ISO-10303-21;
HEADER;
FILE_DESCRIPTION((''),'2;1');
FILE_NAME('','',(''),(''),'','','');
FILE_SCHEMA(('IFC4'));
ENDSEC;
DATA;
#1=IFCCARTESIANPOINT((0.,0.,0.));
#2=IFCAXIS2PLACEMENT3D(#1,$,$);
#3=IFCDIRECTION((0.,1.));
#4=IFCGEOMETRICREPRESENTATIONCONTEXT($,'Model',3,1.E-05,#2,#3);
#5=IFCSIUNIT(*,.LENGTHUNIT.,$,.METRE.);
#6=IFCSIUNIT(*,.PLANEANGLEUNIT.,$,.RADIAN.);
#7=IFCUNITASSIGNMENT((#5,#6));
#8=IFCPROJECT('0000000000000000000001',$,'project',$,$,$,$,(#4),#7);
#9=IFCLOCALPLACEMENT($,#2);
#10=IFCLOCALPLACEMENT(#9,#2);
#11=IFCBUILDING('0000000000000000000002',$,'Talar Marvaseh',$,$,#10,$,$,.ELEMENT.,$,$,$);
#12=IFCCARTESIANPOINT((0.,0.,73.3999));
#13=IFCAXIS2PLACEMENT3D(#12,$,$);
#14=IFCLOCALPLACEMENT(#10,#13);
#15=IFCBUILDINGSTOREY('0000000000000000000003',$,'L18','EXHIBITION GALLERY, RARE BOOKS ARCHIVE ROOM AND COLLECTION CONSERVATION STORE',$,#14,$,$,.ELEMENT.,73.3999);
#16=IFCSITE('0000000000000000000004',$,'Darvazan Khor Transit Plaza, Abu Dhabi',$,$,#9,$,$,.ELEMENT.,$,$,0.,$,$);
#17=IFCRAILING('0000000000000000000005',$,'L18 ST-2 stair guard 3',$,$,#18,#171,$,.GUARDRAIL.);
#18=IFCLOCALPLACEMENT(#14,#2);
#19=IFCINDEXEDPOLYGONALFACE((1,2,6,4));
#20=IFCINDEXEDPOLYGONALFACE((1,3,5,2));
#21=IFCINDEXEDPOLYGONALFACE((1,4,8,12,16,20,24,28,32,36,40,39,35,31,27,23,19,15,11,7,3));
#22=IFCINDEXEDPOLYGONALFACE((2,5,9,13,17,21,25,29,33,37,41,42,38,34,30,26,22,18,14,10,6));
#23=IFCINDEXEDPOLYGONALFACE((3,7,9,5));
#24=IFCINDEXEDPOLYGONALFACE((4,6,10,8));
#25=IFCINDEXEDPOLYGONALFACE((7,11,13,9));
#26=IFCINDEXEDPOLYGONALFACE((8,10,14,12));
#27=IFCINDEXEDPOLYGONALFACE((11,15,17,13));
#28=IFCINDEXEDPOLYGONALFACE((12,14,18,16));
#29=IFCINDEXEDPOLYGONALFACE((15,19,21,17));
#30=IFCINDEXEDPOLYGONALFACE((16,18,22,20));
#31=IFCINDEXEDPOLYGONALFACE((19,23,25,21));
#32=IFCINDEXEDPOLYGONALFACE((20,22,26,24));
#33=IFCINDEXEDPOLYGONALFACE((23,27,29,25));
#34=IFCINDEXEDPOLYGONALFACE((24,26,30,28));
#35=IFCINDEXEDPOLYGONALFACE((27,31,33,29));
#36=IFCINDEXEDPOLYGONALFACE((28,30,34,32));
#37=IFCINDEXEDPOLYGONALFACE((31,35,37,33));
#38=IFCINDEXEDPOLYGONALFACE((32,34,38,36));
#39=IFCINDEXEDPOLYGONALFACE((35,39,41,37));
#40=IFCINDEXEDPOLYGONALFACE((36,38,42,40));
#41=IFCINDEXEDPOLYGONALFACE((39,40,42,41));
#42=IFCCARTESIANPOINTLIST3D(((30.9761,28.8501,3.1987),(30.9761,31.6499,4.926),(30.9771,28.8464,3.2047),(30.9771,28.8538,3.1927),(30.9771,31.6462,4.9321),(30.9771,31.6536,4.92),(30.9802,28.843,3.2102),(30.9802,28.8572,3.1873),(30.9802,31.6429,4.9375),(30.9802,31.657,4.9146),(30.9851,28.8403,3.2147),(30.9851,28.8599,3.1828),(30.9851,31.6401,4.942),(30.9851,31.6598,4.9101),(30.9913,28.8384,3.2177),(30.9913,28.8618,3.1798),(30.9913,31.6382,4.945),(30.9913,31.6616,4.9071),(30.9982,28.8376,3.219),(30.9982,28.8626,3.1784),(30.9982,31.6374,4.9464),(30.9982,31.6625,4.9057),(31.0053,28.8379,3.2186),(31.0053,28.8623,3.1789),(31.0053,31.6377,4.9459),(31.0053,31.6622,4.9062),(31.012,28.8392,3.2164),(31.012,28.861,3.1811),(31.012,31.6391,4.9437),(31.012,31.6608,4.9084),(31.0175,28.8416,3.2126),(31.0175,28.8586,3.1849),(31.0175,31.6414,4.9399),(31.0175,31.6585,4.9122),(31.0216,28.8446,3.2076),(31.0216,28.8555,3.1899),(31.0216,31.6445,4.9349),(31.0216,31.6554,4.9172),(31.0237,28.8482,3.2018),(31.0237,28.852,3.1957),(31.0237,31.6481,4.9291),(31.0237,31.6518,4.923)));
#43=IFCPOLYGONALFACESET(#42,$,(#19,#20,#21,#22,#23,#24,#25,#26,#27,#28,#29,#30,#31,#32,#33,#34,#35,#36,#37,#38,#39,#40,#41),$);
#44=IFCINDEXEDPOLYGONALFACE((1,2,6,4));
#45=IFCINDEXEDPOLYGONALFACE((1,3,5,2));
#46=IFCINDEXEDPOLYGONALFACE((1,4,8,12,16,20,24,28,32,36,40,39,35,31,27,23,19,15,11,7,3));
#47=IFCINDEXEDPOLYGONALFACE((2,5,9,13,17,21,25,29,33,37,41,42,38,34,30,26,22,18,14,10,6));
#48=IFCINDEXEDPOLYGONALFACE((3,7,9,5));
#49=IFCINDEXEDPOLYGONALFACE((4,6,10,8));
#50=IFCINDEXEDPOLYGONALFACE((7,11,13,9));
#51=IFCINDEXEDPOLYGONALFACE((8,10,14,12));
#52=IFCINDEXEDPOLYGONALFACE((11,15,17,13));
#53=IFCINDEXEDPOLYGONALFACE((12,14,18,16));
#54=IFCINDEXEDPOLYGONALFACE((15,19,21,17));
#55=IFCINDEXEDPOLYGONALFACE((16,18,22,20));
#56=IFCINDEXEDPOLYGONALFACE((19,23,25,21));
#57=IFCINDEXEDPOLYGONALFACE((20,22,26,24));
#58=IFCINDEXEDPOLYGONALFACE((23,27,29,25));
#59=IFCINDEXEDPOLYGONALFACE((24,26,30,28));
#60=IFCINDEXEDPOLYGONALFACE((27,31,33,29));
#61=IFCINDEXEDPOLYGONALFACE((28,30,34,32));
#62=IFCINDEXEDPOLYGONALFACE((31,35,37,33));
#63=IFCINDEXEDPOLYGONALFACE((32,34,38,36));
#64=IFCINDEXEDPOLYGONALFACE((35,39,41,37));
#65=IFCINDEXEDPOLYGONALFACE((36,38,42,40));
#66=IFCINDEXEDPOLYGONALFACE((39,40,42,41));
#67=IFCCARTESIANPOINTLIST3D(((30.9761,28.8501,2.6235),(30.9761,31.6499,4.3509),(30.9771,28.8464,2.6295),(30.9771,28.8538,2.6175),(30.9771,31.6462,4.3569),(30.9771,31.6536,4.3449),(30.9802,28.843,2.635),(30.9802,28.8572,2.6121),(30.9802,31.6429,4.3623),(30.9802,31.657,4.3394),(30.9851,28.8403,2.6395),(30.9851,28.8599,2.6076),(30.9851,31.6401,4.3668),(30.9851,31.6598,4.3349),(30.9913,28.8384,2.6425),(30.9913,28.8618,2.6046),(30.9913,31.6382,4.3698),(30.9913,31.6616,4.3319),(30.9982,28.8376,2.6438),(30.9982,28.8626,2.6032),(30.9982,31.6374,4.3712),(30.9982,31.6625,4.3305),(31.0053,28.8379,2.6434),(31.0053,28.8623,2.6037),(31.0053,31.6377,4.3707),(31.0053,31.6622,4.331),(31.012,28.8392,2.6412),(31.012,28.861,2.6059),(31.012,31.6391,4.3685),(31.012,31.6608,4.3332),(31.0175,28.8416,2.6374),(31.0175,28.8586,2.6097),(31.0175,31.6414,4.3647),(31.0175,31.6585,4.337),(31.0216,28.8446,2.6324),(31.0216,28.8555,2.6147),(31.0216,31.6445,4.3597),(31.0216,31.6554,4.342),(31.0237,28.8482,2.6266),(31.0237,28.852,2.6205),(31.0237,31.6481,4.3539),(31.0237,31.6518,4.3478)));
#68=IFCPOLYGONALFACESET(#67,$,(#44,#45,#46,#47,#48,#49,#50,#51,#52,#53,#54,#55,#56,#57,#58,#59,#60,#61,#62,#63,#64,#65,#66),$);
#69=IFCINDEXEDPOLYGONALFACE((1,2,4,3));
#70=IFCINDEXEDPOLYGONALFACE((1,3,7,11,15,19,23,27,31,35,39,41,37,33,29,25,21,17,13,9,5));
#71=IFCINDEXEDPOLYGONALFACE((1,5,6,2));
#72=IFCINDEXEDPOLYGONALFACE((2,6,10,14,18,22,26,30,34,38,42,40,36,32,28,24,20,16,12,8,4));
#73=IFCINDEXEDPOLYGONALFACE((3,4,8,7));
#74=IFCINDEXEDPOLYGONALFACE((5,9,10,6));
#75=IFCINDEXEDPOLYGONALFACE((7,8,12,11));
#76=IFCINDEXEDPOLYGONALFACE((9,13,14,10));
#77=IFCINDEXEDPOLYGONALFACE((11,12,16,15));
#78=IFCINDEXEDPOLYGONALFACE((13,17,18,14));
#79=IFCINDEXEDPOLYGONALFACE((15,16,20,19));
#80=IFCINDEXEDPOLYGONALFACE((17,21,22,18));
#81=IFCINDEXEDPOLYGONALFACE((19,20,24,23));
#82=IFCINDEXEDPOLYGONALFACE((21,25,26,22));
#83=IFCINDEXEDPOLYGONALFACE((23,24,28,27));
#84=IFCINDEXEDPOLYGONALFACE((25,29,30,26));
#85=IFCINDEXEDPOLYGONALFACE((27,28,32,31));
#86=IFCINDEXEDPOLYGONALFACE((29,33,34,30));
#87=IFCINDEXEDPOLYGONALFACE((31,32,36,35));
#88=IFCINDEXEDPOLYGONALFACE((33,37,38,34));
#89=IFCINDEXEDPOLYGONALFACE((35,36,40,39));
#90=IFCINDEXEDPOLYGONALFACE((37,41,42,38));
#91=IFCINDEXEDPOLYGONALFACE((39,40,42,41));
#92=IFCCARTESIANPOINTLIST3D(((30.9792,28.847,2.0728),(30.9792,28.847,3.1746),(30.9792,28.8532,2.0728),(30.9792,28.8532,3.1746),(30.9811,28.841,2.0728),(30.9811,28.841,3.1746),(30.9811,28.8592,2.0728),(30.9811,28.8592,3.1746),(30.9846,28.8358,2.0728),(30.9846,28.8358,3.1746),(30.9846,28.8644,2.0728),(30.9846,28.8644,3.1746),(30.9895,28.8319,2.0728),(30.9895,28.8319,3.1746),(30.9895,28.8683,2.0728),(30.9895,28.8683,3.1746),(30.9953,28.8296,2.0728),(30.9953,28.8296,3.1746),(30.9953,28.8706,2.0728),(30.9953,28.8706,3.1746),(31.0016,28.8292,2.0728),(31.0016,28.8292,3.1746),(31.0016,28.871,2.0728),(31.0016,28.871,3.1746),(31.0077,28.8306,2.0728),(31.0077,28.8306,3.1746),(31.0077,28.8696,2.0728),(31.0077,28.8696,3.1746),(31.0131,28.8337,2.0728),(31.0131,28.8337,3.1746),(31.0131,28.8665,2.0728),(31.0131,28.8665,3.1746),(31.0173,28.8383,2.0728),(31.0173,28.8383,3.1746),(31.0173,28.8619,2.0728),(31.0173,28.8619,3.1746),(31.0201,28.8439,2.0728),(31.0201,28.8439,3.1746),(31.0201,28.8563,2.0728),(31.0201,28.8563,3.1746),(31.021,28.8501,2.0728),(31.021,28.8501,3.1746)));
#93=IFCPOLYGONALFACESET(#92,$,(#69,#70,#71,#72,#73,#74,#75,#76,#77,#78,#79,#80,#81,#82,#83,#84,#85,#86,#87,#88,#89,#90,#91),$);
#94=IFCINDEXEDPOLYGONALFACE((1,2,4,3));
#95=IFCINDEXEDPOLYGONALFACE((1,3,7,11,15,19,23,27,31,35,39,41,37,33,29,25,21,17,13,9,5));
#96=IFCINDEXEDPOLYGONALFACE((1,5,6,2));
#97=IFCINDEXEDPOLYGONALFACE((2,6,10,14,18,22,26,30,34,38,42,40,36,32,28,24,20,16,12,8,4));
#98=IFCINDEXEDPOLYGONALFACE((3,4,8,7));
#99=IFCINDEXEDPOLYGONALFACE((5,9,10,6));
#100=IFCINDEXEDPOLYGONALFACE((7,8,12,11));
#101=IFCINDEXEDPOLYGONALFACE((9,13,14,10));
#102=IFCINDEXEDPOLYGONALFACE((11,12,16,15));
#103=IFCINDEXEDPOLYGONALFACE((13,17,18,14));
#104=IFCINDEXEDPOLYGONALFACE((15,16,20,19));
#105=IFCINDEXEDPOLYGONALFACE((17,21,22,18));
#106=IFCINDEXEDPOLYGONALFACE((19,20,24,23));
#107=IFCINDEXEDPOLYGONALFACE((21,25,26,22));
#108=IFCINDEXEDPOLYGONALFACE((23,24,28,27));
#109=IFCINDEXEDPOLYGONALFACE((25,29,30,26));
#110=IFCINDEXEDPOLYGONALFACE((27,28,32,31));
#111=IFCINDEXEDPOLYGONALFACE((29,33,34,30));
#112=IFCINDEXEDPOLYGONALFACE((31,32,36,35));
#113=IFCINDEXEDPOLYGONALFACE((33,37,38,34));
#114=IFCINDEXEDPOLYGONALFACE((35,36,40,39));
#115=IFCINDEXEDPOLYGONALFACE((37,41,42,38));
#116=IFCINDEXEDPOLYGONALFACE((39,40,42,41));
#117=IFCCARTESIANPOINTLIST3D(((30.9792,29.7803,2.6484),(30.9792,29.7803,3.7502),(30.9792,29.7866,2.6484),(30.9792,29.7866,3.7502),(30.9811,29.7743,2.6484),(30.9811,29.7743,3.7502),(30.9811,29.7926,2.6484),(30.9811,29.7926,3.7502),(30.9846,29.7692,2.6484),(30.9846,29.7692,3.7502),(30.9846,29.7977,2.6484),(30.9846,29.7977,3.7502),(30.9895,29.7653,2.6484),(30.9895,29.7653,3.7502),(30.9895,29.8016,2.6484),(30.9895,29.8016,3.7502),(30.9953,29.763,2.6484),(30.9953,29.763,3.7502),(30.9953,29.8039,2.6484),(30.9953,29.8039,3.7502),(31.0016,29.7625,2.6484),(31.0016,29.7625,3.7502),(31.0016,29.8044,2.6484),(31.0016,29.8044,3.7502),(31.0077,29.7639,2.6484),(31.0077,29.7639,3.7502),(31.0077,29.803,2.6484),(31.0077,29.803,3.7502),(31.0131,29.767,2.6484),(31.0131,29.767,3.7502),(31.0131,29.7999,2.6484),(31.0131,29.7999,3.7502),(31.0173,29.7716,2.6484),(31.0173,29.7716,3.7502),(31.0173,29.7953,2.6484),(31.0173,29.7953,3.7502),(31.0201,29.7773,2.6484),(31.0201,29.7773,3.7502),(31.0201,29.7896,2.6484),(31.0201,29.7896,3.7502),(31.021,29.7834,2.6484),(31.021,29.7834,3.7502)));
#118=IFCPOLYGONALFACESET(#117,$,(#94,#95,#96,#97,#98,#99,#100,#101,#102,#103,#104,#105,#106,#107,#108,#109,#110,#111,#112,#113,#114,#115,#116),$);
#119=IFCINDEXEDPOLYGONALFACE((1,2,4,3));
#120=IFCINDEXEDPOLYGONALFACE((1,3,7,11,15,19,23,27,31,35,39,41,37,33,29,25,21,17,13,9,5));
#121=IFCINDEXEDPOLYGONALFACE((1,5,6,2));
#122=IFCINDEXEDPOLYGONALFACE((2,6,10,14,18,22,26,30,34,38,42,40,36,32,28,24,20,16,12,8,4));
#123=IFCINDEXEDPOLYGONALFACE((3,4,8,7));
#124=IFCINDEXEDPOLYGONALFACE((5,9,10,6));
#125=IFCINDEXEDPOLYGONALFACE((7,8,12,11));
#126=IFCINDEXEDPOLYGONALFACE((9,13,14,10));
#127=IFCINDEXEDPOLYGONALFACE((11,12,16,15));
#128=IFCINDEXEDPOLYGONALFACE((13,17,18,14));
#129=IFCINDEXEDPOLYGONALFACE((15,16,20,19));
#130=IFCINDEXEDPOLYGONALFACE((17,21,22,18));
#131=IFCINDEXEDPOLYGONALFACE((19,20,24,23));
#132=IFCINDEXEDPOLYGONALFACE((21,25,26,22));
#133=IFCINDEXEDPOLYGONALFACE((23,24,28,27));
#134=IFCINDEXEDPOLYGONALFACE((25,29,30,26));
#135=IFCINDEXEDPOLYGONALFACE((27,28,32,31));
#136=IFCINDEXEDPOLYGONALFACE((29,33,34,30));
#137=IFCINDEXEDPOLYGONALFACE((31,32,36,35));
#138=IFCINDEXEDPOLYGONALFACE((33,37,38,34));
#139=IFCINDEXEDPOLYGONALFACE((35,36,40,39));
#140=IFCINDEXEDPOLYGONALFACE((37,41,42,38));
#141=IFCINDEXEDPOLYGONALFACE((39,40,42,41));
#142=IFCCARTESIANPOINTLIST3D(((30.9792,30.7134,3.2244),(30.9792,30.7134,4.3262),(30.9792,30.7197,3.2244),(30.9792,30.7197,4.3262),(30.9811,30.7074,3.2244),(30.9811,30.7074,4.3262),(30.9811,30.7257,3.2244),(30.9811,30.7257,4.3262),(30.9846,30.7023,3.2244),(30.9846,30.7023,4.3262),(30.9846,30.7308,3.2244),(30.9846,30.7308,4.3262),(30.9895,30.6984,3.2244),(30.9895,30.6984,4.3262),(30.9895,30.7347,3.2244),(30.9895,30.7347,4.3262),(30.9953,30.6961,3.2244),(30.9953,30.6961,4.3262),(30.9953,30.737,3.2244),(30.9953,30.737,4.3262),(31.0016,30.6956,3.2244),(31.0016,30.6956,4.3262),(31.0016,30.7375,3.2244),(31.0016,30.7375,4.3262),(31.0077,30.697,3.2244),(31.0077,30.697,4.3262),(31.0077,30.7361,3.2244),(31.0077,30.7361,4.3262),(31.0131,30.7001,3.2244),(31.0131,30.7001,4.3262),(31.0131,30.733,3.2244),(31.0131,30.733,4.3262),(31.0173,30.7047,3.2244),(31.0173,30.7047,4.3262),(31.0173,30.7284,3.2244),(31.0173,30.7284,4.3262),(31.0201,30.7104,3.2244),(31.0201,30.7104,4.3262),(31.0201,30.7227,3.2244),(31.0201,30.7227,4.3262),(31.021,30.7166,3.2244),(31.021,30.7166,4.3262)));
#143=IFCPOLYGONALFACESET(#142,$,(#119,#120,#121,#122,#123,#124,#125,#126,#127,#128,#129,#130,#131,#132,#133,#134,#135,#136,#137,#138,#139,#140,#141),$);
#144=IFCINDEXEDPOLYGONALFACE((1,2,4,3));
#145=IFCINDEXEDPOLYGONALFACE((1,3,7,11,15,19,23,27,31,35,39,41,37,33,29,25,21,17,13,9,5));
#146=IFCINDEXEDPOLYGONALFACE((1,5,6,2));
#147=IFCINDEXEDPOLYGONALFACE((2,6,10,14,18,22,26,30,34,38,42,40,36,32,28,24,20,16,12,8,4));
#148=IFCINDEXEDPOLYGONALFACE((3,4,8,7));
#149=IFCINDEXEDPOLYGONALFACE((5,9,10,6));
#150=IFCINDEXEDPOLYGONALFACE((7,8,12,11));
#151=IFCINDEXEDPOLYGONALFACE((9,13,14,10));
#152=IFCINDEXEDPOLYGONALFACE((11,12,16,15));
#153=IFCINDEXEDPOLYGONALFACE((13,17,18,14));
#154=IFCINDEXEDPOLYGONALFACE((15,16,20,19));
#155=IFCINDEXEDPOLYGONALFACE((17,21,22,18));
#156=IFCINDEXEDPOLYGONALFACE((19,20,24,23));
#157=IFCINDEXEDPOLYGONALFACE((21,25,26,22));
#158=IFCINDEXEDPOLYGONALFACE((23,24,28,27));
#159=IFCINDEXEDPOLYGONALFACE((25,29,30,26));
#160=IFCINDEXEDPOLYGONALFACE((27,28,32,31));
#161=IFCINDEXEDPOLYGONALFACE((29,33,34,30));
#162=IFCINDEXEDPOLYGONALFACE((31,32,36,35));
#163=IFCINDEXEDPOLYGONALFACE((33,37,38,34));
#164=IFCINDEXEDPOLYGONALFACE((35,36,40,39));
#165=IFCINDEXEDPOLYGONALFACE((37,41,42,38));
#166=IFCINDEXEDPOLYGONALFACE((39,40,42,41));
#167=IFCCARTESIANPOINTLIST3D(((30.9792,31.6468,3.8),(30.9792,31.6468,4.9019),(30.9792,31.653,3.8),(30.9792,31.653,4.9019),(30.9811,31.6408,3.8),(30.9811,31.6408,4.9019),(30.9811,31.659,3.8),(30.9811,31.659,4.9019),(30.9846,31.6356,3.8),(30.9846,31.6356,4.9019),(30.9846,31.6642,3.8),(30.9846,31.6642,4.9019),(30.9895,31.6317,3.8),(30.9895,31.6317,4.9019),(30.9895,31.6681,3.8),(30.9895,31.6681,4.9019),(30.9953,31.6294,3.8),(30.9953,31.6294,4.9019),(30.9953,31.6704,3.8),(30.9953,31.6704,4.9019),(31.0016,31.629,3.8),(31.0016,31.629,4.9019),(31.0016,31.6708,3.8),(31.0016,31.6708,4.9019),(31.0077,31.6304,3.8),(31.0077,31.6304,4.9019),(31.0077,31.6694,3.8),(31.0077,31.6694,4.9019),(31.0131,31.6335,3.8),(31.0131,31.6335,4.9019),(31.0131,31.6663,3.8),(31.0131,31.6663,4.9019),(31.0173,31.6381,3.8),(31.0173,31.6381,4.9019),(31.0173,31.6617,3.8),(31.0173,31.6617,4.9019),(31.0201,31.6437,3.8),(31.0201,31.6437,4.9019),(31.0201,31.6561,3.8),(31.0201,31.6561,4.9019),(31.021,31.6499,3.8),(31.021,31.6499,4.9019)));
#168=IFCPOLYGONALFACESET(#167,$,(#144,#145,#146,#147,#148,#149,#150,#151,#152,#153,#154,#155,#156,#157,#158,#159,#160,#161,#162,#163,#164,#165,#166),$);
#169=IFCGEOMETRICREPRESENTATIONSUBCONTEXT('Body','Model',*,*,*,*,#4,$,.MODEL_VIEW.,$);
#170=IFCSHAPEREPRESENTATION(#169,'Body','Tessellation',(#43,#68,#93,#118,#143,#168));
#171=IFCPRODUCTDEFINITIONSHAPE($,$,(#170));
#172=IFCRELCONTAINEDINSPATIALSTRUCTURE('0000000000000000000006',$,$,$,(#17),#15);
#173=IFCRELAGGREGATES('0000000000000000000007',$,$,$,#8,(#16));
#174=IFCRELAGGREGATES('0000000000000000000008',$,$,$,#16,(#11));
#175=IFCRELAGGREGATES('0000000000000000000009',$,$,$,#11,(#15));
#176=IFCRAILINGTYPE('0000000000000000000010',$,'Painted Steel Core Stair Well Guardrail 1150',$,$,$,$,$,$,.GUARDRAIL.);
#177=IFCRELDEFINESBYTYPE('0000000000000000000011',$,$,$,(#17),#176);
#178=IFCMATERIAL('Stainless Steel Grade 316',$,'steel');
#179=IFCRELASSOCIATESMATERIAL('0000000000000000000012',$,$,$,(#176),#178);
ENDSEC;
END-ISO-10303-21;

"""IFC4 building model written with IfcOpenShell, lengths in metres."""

from ifc_helpers import new_model, si_unit, direction, frame, origin, origin_2d, place, context, subcontext, project, spatial, circle, extrude, material, type_object, element, save


model = new_model("IFC4")

# Units and contexts
model_context = context("Model", 3, precision=1e-05, world=origin(), true_north=direction((0.0, 1.0)))
body_context = subcontext(model_context, "Body", "Model", "MODEL_VIEW")
ifc_project = project(units=[si_unit("LENGTHUNIT", "METRE"), si_unit("PLANEANGLEUNIT", "RADIAN")], contexts=[model_context])

# Site, building, storey
site_placement = place(None, origin())
site = spatial("IfcSite", under=ifc_project, at=site_placement, Name="Darvazan Khor Transit Plaza, Abu Dhabi", CompositionType="ELEMENT", RefElevation=0.0)
building_placement = place(site_placement, origin())
building = spatial("IfcBuilding", under=site, at=building_placement, Name="Talar Marvaseh", CompositionType="ELEMENT")
storey_placement = place(building_placement, frame((0.0, 0.0, 73.3999)))
storey = spatial("IfcBuildingStorey", under=building, at=storey_placement, Name="L18", Description="EXHIBITION GALLERY, RARE BOOKS ARCHIVE ROOM AND COLLECTION CONSERVATION STORE", CompositionType="ELEMENT", Elevation=73.3999)

# Railing
ifc_material_1 = material(Name="Stainless Steel Grade 316", Category="steel")
railing_type_1 = type_object("IfcRailingType", Name="Painted Steel Core Stair Well Guardrail 1150", PredefinedType="GUARDRAIL", material=ifc_material_1)
railing_1_placement = place(storey_placement, frame((31.0, 28.8501, 2.0728)))
element("IfcRailing", 1, at=railing_1_placement, inside=storey, type_object=railing_type_1, Name="L18 ST-2 stair guard 3", PredefinedType="GUARDRAIL", context=body_context, shape_type="SweptSolid", body=[
    extrude(circle(Radius=0.0239, at=origin_2d()), frame((0.0, 0.0, 1.126), z_axis=(0.0, 0.851069, 0.525054), x_axis=(-1.0, 0.0, 0.0)), (0.0, 0.0, 1.0), 3.2898),
    extrude(circle(Radius=0.0239, at=origin_2d()), frame((0.0, 0.0, 0.5508), z_axis=(0.0, 0.851069, 0.525054), x_axis=(-1.0, 0.0, 0.0)), (0.0, 0.0, 1.0), 3.2898),
    extrude(circle(Radius=0.021, at=origin_2d()), origin(), (0.0, 0.0, 1.0), 1.1018),
    extrude(circle(Radius=0.021, at=origin_2d()), frame((0.0, 0.9333, 0.5757)), (0.0, 0.0, 1.0), 1.1018),
    extrude(circle(Radius=0.021, at=origin_2d()), frame((0.0, 1.8665, 1.1516)), (0.0, 0.0, 1.0), 1.1018),
    extrude(circle(Radius=0.021, at=origin_2d()), frame((0.0, 2.7998, 1.7273)), (0.0, 0.0, 1.0), 1.1018),
])

save(model, "model.ifc")
